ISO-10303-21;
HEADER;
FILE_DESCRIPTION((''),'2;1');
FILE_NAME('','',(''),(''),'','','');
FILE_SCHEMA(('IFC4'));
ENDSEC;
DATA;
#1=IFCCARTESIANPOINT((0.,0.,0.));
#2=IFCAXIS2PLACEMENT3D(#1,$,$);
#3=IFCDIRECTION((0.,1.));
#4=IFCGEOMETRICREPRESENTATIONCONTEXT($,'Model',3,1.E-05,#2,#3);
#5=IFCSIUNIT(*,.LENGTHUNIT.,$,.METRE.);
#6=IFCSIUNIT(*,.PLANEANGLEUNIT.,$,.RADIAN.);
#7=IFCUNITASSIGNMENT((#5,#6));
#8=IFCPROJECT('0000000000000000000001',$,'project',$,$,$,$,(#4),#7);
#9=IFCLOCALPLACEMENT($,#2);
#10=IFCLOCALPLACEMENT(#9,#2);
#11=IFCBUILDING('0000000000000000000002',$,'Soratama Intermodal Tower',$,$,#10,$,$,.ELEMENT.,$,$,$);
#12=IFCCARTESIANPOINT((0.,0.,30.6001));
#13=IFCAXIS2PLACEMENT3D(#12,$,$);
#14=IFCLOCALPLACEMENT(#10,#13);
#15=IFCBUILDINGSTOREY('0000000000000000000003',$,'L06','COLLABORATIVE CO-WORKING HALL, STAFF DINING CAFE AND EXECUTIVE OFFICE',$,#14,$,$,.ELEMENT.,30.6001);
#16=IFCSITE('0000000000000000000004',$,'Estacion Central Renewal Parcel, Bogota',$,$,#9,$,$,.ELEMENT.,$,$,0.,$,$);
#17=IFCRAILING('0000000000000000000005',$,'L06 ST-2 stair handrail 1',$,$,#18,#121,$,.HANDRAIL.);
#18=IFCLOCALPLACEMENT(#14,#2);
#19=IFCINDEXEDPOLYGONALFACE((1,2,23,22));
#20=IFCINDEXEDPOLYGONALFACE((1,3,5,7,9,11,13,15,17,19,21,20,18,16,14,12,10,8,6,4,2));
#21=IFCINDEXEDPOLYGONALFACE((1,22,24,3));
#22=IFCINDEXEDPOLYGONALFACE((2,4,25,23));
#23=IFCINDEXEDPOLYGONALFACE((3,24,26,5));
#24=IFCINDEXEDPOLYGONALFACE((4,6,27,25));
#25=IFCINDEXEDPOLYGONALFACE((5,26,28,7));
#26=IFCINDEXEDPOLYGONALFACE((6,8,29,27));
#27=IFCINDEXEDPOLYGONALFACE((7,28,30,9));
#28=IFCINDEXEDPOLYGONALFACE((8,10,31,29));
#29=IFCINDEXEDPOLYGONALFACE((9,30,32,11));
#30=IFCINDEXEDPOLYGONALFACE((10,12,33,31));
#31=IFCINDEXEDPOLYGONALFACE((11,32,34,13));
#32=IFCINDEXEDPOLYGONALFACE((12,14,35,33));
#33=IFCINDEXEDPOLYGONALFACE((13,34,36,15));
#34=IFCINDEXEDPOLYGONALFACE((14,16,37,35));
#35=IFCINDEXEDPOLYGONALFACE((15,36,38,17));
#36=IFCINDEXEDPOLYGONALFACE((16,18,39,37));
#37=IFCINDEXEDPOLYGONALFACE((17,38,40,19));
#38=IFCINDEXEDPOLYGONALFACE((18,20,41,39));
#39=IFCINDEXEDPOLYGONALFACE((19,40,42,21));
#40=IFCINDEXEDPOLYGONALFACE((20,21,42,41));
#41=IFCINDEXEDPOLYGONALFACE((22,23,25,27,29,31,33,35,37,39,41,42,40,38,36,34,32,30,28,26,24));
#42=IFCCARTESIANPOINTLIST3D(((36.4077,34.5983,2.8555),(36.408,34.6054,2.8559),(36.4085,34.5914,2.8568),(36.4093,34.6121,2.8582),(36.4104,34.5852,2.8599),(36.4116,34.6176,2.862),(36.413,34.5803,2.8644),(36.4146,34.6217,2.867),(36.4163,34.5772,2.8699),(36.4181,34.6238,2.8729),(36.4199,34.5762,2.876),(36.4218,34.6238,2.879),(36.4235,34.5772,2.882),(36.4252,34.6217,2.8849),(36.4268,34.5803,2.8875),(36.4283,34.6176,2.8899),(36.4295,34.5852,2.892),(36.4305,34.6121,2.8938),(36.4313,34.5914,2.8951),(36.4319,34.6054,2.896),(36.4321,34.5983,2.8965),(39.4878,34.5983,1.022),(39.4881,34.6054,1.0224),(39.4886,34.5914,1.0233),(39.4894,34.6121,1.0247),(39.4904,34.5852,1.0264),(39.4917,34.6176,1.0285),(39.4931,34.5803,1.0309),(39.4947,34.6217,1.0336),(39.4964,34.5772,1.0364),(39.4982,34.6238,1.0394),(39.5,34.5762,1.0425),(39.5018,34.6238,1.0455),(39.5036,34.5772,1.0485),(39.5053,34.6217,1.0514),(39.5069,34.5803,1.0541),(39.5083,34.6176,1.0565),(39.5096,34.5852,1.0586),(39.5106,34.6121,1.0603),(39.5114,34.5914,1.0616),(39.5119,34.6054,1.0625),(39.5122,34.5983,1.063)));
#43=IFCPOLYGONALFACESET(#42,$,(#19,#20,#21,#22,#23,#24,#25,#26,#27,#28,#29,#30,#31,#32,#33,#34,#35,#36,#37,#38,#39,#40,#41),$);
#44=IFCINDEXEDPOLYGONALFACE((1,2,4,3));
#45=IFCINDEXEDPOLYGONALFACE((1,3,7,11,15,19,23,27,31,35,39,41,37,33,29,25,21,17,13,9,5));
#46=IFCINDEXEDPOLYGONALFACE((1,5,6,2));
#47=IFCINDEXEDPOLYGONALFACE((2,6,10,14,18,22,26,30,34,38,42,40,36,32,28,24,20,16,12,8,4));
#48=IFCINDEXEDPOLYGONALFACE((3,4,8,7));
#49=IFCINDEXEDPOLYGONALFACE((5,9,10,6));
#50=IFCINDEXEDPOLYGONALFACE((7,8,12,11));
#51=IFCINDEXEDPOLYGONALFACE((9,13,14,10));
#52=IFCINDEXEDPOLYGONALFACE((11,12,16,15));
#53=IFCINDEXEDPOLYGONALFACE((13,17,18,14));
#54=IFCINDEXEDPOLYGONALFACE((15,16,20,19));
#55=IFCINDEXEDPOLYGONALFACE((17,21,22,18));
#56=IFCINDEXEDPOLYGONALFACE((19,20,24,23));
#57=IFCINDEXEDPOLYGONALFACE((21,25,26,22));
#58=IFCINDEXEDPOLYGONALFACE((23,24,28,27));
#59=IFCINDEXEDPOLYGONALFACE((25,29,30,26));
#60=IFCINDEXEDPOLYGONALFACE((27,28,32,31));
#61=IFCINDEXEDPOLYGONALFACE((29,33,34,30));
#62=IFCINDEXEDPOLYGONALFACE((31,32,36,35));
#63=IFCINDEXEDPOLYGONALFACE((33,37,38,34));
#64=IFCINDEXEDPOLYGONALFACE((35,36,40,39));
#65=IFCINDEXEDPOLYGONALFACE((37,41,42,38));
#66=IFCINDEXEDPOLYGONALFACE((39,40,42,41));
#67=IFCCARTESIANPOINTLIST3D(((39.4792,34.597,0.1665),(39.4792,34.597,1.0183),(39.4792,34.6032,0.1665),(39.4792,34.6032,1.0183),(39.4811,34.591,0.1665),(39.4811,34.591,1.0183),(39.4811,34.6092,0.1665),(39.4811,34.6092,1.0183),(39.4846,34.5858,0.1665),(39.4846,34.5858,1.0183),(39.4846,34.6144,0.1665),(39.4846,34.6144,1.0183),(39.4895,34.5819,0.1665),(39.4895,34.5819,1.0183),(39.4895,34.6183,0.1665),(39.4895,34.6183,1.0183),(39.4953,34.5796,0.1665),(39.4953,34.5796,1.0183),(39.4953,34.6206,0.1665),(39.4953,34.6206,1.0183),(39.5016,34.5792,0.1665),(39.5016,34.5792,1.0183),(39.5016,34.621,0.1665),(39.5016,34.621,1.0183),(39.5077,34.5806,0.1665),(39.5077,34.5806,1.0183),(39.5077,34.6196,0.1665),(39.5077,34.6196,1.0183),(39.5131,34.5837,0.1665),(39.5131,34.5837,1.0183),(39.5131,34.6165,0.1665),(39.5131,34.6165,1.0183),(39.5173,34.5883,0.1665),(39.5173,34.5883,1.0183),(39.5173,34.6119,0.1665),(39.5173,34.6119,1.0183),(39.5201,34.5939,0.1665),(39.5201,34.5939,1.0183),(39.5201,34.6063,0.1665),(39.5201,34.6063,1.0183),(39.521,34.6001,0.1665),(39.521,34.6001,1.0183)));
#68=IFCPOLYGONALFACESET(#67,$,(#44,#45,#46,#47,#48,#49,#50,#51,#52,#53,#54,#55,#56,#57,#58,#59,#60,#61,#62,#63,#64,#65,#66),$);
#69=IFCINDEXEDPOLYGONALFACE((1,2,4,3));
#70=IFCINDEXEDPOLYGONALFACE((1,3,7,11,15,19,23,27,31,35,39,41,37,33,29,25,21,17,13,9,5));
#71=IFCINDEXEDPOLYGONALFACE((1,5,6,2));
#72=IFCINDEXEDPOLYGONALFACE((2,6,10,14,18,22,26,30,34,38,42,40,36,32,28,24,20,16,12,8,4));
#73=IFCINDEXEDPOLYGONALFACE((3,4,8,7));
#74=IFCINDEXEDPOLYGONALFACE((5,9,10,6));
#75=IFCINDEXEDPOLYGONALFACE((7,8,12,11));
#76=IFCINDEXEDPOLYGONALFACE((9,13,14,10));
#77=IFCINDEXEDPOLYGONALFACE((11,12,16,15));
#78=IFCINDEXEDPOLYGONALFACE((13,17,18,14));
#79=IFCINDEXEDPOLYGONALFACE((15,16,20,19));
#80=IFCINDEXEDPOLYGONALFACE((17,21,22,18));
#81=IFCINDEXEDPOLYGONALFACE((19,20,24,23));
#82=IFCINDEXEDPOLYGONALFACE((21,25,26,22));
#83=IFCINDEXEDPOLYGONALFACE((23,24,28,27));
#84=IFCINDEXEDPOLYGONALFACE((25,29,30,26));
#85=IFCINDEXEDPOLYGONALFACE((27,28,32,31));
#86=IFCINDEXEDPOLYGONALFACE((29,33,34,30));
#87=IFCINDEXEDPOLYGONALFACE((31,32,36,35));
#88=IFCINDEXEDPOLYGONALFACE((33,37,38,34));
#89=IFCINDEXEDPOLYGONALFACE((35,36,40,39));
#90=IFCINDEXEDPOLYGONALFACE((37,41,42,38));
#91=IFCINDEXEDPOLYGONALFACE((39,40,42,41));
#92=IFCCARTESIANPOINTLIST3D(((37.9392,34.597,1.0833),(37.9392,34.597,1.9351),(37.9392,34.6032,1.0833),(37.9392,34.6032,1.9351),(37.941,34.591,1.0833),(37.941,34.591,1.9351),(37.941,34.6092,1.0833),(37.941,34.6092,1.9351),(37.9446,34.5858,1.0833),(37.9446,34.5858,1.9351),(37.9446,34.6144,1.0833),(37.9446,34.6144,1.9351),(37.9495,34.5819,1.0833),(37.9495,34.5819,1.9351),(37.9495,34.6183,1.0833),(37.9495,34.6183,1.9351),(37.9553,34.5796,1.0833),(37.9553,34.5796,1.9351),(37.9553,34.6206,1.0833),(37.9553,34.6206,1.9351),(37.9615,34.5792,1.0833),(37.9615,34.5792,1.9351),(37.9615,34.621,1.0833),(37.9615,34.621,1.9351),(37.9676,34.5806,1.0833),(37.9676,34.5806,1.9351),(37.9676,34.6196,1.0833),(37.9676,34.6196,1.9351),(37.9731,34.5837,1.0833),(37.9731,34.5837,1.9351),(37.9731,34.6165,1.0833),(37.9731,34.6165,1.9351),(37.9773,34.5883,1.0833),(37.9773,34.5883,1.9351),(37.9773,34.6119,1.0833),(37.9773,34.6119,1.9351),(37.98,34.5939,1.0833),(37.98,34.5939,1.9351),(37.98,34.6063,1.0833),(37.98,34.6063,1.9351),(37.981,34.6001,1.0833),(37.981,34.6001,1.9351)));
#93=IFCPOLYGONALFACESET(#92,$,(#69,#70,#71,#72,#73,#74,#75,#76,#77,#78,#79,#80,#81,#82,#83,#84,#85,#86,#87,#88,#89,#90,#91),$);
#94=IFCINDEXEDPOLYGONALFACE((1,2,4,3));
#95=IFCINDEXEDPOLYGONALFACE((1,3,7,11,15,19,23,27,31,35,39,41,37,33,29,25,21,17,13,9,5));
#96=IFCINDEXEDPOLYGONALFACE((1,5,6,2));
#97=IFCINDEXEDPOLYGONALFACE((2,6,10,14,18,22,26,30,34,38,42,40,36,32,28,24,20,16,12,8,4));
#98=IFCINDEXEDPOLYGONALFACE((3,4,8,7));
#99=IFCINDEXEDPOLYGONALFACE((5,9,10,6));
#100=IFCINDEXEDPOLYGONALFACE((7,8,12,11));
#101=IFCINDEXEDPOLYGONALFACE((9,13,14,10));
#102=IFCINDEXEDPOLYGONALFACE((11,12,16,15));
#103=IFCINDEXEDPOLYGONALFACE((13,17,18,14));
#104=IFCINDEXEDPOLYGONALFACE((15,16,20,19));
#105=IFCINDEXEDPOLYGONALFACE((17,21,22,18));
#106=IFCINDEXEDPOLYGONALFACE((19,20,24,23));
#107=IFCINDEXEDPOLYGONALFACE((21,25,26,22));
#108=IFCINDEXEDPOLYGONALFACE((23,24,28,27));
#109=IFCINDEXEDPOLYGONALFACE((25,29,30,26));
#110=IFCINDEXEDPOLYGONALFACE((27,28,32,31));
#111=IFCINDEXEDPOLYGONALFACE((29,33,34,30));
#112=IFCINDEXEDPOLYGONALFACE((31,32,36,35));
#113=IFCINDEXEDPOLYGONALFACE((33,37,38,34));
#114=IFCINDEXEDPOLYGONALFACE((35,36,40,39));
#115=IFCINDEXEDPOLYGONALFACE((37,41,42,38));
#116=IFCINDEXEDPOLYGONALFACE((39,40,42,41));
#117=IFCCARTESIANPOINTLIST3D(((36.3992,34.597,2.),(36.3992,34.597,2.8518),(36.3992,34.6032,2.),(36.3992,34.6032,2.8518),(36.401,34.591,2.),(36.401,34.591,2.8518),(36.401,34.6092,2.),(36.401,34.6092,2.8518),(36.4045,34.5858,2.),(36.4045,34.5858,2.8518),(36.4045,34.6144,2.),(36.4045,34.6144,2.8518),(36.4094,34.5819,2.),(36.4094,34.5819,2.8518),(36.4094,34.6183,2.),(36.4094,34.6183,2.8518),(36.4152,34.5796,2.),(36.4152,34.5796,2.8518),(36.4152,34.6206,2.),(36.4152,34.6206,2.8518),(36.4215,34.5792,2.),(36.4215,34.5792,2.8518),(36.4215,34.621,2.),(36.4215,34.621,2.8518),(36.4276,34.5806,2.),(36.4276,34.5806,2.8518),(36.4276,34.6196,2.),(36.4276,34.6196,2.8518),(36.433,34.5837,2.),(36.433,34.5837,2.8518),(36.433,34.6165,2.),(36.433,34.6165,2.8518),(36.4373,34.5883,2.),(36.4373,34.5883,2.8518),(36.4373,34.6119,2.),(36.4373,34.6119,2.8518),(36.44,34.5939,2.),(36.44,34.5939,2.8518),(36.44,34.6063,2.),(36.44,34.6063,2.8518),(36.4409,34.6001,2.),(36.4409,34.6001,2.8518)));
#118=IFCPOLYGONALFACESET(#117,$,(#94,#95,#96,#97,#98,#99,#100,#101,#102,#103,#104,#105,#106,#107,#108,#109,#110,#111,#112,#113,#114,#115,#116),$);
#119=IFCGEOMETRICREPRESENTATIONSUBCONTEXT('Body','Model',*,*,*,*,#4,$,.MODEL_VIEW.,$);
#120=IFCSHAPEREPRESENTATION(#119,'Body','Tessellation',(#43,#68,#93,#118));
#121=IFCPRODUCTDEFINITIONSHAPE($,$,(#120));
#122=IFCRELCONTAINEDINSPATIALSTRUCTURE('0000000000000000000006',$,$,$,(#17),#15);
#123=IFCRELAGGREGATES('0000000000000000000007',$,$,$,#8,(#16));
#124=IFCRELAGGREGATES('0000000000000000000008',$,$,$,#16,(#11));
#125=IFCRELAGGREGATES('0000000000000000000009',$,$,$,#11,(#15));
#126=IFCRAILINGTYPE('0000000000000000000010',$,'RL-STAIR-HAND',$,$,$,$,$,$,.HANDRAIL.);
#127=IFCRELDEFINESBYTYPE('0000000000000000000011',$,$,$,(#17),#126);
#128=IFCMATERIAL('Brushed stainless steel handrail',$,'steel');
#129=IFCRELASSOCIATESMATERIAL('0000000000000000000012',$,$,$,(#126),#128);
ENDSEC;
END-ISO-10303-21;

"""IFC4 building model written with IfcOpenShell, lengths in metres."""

from ifc_helpers import new_model, si_unit, direction, frame, origin, origin_2d, place, context, subcontext, project, spatial, circle, extrude, material, type_object, element, save


model = new_model("IFC4")

# Units and contexts
model_context = context("Model", 3, precision=1e-05, world=origin(), true_north=direction((0.0, 1.0)))
body_context = subcontext(model_context, "Body", "Model", "MODEL_VIEW")
ifc_project = project(units=[si_unit("LENGTHUNIT", "METRE"), si_unit("PLANEANGLEUNIT", "RADIAN")], contexts=[model_context])

# Site, building, storey
site_placement = place(None, origin())
site = spatial("IfcSite", under=ifc_project, at=site_placement, Name="Estacion Central Renewal Parcel, Bogota", CompositionType="ELEMENT", RefElevation=0.0)
building_placement = place(site_placement, origin())
building = spatial("IfcBuilding", under=site, at=building_placement, Name="Soratama Intermodal Tower", CompositionType="ELEMENT")
storey_placement = place(building_placement, frame((0.0, 0.0, 30.6001)))
storey = spatial("IfcBuildingStorey", under=building, at=storey_placement, Name="L06", Description="COLLABORATIVE CO-WORKING HALL, STAFF DINING CAFE AND EXECUTIVE OFFICE", CompositionType="ELEMENT", Elevation=30.6001)

# Railing
ifc_material_1 = material(Name="Brushed stainless steel handrail", Category="steel")
railing_type_1 = type_object("IfcRailingType", Name="RL-STAIR-HAND", PredefinedType="HANDRAIL", material=ifc_material_1)
railing_1_placement = place(storey_placement, frame((39.5, 34.6001, 0.1665)))
element("IfcRailing", 1, at=railing_1_placement, inside=storey, type_object=railing_type_1, Name="L06 ST-2 stair handrail 1", PredefinedType="HANDRAIL", context=body_context, shape_type="SweptSolid", body=[
    extrude(circle(Radius=0.0239, at=origin_2d()), frame((0.0, 0.0, 0.876), z_axis=(-0.859279, 0.0, 0.511508), x_axis=(0.0, -1.0, 0.0)), (0.0, 0.0, 1.0), 3.5845),
    extrude(circle(Radius=0.021, at=origin_2d()), origin(), (0.0, 0.0, 1.0), 0.8518),
    extrude(circle(Radius=0.021, at=origin_2d()), frame((-1.54, 0.0, 0.9167)), (0.0, 0.0, 1.0), 0.8518),
    extrude(circle(Radius=0.021, at=origin_2d()), frame((-3.0801, 0.0, 1.8335)), (0.0, 0.0, 1.0), 0.8518),
])

save(model, "model.ifc")
